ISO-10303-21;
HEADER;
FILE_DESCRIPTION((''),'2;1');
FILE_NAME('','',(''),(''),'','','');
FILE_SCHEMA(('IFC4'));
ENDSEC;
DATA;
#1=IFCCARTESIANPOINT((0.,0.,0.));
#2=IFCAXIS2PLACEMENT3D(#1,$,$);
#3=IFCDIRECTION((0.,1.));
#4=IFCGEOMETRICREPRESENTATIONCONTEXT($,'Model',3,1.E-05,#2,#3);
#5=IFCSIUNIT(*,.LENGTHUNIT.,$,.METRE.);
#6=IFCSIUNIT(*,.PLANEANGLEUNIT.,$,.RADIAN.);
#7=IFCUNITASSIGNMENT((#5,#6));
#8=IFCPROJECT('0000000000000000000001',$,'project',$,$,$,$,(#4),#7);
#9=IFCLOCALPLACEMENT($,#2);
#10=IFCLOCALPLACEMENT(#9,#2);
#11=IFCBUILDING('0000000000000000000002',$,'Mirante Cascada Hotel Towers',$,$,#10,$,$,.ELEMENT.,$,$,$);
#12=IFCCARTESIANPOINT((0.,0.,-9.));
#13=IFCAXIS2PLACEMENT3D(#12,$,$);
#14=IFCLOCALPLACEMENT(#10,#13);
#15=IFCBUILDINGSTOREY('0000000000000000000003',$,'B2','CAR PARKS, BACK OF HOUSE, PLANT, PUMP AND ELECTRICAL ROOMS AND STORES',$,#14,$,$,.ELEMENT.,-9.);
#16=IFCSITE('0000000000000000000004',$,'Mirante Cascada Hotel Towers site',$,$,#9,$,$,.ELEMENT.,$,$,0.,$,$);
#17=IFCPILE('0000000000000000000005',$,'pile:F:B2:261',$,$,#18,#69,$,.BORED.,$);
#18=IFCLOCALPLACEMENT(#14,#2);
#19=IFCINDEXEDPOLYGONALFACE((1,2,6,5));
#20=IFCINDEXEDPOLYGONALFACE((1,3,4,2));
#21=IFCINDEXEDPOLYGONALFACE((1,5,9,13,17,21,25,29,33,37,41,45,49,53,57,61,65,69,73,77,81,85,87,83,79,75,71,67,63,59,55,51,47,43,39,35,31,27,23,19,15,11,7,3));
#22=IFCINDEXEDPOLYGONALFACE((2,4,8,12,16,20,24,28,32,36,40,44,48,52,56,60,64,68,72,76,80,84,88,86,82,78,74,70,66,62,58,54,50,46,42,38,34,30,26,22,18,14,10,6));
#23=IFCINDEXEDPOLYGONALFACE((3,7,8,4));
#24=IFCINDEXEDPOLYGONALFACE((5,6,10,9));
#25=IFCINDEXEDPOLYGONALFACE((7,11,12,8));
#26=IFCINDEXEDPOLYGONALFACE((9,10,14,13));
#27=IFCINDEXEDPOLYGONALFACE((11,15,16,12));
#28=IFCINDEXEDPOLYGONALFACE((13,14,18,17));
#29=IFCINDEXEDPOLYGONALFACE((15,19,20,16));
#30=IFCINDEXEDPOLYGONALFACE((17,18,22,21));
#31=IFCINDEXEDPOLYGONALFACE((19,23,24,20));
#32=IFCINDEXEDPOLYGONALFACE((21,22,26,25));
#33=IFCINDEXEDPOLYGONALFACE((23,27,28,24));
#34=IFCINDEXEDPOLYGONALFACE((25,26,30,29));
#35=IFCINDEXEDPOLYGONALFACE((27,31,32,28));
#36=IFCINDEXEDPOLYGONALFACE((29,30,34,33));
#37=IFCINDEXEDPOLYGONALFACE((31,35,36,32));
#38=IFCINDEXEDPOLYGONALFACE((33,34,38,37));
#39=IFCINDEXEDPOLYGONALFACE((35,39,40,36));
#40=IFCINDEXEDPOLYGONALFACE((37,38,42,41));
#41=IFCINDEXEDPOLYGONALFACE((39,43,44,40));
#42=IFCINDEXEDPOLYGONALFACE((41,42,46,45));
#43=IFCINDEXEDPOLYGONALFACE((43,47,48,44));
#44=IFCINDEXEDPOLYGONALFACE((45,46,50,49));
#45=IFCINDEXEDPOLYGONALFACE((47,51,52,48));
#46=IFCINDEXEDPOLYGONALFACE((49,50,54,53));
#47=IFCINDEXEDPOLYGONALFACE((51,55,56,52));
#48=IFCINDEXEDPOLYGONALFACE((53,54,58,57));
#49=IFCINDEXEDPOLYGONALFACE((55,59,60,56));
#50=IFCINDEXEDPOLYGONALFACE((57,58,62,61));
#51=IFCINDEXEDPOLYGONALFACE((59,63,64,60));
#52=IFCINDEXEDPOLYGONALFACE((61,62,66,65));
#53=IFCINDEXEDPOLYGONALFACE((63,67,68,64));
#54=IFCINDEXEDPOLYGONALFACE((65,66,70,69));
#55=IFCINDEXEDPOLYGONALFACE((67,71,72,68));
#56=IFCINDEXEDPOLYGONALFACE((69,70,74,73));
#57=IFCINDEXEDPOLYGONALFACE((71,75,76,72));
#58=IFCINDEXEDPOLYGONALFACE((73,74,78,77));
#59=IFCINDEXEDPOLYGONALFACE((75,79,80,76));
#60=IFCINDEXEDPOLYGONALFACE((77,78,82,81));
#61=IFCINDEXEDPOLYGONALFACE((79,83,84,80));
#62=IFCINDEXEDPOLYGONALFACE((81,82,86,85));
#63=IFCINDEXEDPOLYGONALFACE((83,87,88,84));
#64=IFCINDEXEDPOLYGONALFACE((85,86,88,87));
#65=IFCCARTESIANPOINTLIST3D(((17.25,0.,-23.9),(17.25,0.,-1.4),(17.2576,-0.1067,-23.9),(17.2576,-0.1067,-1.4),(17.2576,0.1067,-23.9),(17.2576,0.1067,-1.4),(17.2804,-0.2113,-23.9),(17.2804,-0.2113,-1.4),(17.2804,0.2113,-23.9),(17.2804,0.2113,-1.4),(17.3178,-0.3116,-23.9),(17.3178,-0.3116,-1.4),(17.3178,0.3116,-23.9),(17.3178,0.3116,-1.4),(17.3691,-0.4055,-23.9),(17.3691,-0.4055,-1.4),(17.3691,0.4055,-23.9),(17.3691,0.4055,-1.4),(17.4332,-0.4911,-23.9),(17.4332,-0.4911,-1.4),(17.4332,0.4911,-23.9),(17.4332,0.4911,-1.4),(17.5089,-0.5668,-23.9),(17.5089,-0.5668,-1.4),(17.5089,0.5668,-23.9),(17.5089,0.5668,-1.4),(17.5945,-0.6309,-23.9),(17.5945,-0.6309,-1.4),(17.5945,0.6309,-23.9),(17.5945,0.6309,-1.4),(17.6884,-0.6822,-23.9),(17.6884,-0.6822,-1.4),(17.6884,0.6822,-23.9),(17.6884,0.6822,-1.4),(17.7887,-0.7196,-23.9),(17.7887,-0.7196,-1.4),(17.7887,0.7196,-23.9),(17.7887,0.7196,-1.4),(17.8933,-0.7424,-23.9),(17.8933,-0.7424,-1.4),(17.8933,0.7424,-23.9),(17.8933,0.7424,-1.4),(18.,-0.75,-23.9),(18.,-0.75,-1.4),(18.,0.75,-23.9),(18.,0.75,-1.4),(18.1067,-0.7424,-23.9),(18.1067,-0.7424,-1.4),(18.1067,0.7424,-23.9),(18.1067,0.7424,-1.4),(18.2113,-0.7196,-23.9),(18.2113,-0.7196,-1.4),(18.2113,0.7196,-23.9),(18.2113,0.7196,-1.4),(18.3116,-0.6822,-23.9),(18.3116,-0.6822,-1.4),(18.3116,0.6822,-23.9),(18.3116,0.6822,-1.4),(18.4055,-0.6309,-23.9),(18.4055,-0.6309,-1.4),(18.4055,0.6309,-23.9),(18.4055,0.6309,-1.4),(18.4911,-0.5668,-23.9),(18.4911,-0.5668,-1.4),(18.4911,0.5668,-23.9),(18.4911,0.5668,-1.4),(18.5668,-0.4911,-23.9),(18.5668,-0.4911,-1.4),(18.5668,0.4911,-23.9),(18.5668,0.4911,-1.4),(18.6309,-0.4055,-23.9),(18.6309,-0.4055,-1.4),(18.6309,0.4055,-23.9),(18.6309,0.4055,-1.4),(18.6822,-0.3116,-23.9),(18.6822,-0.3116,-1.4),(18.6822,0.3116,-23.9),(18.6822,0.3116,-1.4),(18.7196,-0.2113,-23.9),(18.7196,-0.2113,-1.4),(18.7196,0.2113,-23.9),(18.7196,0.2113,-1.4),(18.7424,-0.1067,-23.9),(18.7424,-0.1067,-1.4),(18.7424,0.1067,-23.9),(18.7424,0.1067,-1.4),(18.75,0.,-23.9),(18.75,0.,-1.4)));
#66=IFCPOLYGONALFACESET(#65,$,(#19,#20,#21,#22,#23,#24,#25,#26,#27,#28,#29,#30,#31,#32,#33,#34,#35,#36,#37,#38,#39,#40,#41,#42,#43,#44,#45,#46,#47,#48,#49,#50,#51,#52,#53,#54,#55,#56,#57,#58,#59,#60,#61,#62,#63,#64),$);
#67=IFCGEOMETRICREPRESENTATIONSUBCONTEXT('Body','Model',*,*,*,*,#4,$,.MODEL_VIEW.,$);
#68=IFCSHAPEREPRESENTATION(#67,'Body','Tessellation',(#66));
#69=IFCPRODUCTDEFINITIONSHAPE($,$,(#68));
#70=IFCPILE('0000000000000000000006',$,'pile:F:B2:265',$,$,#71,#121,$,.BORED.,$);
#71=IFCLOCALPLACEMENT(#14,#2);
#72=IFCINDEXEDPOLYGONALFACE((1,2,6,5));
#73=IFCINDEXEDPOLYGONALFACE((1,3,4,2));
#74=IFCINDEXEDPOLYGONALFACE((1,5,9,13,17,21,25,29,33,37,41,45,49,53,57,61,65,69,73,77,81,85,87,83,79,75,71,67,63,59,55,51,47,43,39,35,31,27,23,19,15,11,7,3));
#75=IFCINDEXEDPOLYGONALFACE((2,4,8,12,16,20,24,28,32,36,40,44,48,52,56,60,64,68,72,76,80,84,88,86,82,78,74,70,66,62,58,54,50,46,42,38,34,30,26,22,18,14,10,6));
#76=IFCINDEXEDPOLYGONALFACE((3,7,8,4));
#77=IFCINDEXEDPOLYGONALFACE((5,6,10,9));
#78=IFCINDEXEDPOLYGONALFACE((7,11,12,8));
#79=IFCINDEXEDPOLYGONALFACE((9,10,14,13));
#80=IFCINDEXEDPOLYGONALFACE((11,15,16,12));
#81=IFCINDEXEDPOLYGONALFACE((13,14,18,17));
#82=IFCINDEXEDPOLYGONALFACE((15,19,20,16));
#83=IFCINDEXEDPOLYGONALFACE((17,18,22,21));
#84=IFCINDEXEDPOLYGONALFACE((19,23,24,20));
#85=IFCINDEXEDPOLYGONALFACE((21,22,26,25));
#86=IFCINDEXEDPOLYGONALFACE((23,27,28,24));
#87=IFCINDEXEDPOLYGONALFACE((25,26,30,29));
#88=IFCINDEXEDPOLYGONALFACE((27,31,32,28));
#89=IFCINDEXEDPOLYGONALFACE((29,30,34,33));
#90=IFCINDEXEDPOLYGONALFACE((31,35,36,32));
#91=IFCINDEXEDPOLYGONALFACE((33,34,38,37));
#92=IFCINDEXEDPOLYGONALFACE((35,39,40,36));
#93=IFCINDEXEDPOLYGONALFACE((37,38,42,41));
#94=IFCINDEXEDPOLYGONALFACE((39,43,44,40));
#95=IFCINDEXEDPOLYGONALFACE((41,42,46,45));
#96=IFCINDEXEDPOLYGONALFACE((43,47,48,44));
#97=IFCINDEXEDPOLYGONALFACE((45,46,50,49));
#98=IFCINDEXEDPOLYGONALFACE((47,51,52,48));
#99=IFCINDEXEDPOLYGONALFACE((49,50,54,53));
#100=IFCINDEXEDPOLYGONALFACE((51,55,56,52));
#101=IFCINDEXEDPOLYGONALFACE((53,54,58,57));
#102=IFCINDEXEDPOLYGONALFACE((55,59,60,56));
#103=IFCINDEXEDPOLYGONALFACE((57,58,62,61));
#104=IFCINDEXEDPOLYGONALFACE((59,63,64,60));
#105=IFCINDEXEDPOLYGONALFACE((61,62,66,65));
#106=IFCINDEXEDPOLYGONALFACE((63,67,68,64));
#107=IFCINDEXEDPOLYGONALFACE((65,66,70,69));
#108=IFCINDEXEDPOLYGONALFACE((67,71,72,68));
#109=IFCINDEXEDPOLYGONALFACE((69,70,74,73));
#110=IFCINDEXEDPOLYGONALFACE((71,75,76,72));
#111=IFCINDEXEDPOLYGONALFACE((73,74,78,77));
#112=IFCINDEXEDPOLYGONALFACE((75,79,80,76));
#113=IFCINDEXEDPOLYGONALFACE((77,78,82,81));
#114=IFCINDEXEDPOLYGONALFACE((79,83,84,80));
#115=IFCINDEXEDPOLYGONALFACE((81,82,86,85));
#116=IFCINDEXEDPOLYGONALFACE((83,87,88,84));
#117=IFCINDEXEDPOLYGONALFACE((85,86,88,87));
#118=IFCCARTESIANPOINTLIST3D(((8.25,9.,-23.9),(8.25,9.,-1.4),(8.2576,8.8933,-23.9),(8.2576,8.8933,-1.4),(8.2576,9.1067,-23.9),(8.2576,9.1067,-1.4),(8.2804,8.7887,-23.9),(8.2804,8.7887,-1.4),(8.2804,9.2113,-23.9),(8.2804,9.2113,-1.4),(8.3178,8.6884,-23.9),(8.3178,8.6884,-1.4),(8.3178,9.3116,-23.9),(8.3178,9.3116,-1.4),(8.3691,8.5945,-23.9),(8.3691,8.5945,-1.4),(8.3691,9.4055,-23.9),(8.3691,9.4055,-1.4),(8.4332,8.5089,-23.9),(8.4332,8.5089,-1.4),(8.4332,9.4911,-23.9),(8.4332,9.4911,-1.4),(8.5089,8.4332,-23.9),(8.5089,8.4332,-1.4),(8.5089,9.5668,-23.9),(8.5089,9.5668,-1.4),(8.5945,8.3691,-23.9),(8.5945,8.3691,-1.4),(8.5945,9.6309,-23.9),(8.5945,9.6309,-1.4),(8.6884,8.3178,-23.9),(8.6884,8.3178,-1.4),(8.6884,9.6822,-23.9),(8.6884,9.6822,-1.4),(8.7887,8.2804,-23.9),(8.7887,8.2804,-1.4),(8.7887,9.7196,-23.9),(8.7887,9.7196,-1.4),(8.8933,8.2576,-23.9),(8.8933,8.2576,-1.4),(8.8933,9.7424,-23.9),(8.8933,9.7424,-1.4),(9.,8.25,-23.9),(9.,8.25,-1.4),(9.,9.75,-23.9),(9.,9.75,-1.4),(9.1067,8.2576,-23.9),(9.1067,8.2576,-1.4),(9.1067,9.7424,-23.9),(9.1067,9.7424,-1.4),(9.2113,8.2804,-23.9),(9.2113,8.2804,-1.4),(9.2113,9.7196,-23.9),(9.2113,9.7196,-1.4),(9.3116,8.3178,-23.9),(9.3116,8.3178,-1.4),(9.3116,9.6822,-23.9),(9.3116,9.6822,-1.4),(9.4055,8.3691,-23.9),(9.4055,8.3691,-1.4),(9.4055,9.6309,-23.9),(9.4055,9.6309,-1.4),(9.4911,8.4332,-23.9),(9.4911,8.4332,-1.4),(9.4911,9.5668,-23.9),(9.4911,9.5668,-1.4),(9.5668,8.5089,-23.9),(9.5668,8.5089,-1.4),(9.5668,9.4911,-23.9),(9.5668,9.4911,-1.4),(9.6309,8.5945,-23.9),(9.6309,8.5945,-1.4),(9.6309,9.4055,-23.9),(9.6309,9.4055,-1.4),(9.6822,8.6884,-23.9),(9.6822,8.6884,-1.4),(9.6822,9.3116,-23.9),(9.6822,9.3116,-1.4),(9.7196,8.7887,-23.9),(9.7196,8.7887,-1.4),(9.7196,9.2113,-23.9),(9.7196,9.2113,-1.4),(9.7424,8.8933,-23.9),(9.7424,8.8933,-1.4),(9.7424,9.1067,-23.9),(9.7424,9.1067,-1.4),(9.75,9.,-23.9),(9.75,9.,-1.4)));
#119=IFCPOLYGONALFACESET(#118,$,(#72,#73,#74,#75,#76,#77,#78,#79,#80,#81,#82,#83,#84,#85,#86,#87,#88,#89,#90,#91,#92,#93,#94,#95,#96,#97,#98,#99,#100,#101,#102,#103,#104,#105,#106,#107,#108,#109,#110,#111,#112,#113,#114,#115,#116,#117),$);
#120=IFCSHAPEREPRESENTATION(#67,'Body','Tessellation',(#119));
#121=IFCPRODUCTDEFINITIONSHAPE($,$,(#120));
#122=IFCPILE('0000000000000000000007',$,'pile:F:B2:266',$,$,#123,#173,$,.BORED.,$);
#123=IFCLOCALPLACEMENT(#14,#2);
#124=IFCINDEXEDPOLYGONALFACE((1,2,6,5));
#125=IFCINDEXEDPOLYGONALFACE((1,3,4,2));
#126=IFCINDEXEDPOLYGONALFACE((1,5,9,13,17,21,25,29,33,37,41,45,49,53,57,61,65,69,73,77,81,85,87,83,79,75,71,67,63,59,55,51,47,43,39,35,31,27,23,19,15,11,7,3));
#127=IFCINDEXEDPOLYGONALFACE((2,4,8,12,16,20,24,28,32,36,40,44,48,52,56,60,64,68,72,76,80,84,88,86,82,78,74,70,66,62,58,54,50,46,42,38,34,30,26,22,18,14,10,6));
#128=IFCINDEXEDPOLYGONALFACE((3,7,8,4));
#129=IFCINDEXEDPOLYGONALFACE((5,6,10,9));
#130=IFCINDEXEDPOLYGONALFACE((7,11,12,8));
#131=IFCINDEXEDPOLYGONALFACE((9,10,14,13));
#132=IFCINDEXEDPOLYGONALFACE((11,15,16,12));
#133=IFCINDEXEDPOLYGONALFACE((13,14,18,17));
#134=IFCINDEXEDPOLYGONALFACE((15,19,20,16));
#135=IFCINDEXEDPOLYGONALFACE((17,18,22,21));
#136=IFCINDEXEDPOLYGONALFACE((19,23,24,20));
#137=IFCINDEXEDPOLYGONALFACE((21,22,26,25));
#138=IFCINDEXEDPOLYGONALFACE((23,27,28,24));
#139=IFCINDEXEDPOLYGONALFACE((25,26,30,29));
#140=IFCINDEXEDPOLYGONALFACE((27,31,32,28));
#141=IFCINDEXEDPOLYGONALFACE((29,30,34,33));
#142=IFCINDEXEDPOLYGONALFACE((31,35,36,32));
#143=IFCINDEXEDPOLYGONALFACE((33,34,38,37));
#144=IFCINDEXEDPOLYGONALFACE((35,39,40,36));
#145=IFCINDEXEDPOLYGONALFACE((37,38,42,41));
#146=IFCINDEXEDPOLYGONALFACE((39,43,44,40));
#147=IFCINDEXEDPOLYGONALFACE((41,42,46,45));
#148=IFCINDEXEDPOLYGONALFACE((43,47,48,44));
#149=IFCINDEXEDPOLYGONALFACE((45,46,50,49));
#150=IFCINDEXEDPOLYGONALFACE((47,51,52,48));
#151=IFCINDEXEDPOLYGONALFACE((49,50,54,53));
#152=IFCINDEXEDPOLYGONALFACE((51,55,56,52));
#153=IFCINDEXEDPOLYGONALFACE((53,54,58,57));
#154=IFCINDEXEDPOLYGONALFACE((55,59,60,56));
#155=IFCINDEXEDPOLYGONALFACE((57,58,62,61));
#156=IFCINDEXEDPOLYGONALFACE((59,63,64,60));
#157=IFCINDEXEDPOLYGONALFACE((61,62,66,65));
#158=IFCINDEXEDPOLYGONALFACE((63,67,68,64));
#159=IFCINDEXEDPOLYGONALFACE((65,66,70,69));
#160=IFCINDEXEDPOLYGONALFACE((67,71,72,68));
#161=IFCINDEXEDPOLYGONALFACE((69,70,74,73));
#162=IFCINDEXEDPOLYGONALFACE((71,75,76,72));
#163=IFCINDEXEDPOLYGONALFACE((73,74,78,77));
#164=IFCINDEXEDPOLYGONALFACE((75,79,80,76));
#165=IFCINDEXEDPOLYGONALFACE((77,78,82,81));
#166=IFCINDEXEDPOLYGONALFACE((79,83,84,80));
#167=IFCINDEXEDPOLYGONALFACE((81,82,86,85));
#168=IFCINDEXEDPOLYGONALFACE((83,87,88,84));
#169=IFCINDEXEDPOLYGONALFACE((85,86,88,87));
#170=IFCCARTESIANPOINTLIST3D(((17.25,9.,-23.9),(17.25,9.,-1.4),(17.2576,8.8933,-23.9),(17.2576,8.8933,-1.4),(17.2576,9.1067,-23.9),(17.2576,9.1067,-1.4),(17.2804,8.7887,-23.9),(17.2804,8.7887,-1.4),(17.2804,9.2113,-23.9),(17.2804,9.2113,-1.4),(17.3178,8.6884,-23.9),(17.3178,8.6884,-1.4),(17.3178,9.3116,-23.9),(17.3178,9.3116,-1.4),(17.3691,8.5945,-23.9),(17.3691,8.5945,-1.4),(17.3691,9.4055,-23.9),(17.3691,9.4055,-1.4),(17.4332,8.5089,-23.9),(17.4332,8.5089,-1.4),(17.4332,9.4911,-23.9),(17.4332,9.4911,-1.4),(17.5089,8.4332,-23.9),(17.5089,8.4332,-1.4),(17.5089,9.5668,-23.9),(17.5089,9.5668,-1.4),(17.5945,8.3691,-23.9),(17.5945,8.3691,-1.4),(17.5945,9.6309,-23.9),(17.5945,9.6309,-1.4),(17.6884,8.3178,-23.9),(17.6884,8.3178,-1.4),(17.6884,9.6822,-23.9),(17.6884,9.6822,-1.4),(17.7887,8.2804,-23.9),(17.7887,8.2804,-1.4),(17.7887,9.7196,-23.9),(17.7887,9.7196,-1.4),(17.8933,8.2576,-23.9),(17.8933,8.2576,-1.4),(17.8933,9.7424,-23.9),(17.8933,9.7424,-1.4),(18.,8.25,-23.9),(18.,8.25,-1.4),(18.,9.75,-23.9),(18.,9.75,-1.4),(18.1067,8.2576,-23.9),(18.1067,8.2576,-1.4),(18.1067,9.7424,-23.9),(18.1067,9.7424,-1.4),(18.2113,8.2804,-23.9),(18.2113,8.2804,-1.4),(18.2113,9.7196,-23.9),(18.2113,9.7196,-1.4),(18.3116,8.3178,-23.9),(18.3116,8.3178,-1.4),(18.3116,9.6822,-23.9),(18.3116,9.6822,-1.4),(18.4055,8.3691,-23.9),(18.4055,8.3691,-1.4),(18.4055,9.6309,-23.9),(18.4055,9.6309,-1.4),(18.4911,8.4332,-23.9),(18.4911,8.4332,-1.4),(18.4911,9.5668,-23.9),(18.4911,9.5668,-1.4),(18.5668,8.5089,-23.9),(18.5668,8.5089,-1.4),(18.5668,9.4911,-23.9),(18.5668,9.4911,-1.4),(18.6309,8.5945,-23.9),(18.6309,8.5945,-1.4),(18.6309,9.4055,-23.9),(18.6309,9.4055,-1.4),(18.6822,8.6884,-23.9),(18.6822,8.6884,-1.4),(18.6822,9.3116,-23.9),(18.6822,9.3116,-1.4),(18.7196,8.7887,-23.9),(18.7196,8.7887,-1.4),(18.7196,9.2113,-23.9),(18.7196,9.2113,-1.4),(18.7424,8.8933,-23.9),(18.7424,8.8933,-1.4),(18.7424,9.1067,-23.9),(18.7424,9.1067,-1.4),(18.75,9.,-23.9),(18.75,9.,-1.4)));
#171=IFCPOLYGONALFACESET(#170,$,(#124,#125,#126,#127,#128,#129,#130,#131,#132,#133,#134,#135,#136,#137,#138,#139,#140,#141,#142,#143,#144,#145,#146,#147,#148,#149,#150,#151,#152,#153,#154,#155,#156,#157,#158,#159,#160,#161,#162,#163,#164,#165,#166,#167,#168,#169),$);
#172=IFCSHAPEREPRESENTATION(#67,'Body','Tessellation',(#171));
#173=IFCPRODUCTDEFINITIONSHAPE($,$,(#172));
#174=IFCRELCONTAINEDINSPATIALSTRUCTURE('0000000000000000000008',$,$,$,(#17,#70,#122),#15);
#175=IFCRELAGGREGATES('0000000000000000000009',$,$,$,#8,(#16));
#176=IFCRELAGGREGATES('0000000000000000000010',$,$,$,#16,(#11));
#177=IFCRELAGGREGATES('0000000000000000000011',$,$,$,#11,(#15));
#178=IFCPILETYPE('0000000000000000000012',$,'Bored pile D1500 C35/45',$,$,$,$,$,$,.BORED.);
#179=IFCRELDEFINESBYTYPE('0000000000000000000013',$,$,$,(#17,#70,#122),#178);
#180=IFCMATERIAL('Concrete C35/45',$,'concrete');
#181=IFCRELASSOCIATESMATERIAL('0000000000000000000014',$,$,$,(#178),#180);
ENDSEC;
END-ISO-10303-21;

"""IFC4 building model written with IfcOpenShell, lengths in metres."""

from ifc_helpers import new_model, si_unit, direction, frame, origin, origin_2d, place, context, subcontext, project, spatial, circle, extrude, material, material_profile, profile_set, type_object, element, save


model = new_model("IFC4")

# Units and contexts
model_context = context("Model", 3, precision=1e-05, world=origin(), true_north=direction((0.0, 1.0)))
body_context = subcontext(model_context, "Body", "Model", "MODEL_VIEW")
ifc_project = project(units=[si_unit("LENGTHUNIT", "METRE"), si_unit("PLANEANGLEUNIT", "RADIAN")], contexts=[model_context])

# Site, building, storey
site_placement = place(None, origin())
site = spatial("IfcSite", under=ifc_project, at=site_placement, Name="Mirante Cascada Hotel Towers site", CompositionType="ELEMENT", RefElevation=0.0)
building_placement = place(site_placement, origin())
building = spatial("IfcBuilding", under=site, at=building_placement, Name="Mirante Cascada Hotel Towers", CompositionType="ELEMENT")
storey_placement = place(building_placement, frame((0.0, 0.0, -9.0)))
storey = spatial("IfcBuildingStorey", under=building, at=storey_placement, Name="B2", Description="CAR PARKS, BACK OF HOUSE, PLANT, PUMP AND ELECTRICAL ROOMS AND STORES", CompositionType="ELEMENT", Elevation=-9.0)

# Piles
ifc_material_1 = material(Name="Concrete C35/45", Category="concrete")
ifc_material_profile_1 = material_profile(ifc_material_1, circle(Radius=0.75, at=origin_2d()), Name="RC D1500")
ifc_profile_set_1 = profile_set([ifc_material_profile_1], Name="Concrete C35/45")
pile_type = type_object("IfcPileType", Name="Bored pile D1500 C35/45", PredefinedType="BORED", material=ifc_profile_set_1)
for number, where, z_axis, x_axis, name in (
    (1, (18.0, 0.0, -1.4), (0.0, 0.0, -1.0), (1.0, 0.0, 0.0), "pile:F:B2:261"),
    (2, (9.0, 9.0, -1.4), (0.0, 0.0, -1.0), (1.0, 0.0, 0.0), "pile:F:B2:265"),
    (3, (18.0, 9.0, -1.4), (0.0, 0.0, -1.0), (1.0, 0.0, 0.0), "pile:F:B2:266"),
):
    element("IfcPile", number, at=place(storey_placement, frame(where, z_axis=z_axis, x_axis=x_axis)), inside=storey, type_object=pile_type, Name=name, PredefinedType="BORED", context=body_context, shape_type="SweptSolid", body=[
        extrude(circle(Radius=0.75, at=origin_2d()), origin(), (0.0, 0.0, 1.0), 22.5),
    ])

save(model, "model.ifc")
